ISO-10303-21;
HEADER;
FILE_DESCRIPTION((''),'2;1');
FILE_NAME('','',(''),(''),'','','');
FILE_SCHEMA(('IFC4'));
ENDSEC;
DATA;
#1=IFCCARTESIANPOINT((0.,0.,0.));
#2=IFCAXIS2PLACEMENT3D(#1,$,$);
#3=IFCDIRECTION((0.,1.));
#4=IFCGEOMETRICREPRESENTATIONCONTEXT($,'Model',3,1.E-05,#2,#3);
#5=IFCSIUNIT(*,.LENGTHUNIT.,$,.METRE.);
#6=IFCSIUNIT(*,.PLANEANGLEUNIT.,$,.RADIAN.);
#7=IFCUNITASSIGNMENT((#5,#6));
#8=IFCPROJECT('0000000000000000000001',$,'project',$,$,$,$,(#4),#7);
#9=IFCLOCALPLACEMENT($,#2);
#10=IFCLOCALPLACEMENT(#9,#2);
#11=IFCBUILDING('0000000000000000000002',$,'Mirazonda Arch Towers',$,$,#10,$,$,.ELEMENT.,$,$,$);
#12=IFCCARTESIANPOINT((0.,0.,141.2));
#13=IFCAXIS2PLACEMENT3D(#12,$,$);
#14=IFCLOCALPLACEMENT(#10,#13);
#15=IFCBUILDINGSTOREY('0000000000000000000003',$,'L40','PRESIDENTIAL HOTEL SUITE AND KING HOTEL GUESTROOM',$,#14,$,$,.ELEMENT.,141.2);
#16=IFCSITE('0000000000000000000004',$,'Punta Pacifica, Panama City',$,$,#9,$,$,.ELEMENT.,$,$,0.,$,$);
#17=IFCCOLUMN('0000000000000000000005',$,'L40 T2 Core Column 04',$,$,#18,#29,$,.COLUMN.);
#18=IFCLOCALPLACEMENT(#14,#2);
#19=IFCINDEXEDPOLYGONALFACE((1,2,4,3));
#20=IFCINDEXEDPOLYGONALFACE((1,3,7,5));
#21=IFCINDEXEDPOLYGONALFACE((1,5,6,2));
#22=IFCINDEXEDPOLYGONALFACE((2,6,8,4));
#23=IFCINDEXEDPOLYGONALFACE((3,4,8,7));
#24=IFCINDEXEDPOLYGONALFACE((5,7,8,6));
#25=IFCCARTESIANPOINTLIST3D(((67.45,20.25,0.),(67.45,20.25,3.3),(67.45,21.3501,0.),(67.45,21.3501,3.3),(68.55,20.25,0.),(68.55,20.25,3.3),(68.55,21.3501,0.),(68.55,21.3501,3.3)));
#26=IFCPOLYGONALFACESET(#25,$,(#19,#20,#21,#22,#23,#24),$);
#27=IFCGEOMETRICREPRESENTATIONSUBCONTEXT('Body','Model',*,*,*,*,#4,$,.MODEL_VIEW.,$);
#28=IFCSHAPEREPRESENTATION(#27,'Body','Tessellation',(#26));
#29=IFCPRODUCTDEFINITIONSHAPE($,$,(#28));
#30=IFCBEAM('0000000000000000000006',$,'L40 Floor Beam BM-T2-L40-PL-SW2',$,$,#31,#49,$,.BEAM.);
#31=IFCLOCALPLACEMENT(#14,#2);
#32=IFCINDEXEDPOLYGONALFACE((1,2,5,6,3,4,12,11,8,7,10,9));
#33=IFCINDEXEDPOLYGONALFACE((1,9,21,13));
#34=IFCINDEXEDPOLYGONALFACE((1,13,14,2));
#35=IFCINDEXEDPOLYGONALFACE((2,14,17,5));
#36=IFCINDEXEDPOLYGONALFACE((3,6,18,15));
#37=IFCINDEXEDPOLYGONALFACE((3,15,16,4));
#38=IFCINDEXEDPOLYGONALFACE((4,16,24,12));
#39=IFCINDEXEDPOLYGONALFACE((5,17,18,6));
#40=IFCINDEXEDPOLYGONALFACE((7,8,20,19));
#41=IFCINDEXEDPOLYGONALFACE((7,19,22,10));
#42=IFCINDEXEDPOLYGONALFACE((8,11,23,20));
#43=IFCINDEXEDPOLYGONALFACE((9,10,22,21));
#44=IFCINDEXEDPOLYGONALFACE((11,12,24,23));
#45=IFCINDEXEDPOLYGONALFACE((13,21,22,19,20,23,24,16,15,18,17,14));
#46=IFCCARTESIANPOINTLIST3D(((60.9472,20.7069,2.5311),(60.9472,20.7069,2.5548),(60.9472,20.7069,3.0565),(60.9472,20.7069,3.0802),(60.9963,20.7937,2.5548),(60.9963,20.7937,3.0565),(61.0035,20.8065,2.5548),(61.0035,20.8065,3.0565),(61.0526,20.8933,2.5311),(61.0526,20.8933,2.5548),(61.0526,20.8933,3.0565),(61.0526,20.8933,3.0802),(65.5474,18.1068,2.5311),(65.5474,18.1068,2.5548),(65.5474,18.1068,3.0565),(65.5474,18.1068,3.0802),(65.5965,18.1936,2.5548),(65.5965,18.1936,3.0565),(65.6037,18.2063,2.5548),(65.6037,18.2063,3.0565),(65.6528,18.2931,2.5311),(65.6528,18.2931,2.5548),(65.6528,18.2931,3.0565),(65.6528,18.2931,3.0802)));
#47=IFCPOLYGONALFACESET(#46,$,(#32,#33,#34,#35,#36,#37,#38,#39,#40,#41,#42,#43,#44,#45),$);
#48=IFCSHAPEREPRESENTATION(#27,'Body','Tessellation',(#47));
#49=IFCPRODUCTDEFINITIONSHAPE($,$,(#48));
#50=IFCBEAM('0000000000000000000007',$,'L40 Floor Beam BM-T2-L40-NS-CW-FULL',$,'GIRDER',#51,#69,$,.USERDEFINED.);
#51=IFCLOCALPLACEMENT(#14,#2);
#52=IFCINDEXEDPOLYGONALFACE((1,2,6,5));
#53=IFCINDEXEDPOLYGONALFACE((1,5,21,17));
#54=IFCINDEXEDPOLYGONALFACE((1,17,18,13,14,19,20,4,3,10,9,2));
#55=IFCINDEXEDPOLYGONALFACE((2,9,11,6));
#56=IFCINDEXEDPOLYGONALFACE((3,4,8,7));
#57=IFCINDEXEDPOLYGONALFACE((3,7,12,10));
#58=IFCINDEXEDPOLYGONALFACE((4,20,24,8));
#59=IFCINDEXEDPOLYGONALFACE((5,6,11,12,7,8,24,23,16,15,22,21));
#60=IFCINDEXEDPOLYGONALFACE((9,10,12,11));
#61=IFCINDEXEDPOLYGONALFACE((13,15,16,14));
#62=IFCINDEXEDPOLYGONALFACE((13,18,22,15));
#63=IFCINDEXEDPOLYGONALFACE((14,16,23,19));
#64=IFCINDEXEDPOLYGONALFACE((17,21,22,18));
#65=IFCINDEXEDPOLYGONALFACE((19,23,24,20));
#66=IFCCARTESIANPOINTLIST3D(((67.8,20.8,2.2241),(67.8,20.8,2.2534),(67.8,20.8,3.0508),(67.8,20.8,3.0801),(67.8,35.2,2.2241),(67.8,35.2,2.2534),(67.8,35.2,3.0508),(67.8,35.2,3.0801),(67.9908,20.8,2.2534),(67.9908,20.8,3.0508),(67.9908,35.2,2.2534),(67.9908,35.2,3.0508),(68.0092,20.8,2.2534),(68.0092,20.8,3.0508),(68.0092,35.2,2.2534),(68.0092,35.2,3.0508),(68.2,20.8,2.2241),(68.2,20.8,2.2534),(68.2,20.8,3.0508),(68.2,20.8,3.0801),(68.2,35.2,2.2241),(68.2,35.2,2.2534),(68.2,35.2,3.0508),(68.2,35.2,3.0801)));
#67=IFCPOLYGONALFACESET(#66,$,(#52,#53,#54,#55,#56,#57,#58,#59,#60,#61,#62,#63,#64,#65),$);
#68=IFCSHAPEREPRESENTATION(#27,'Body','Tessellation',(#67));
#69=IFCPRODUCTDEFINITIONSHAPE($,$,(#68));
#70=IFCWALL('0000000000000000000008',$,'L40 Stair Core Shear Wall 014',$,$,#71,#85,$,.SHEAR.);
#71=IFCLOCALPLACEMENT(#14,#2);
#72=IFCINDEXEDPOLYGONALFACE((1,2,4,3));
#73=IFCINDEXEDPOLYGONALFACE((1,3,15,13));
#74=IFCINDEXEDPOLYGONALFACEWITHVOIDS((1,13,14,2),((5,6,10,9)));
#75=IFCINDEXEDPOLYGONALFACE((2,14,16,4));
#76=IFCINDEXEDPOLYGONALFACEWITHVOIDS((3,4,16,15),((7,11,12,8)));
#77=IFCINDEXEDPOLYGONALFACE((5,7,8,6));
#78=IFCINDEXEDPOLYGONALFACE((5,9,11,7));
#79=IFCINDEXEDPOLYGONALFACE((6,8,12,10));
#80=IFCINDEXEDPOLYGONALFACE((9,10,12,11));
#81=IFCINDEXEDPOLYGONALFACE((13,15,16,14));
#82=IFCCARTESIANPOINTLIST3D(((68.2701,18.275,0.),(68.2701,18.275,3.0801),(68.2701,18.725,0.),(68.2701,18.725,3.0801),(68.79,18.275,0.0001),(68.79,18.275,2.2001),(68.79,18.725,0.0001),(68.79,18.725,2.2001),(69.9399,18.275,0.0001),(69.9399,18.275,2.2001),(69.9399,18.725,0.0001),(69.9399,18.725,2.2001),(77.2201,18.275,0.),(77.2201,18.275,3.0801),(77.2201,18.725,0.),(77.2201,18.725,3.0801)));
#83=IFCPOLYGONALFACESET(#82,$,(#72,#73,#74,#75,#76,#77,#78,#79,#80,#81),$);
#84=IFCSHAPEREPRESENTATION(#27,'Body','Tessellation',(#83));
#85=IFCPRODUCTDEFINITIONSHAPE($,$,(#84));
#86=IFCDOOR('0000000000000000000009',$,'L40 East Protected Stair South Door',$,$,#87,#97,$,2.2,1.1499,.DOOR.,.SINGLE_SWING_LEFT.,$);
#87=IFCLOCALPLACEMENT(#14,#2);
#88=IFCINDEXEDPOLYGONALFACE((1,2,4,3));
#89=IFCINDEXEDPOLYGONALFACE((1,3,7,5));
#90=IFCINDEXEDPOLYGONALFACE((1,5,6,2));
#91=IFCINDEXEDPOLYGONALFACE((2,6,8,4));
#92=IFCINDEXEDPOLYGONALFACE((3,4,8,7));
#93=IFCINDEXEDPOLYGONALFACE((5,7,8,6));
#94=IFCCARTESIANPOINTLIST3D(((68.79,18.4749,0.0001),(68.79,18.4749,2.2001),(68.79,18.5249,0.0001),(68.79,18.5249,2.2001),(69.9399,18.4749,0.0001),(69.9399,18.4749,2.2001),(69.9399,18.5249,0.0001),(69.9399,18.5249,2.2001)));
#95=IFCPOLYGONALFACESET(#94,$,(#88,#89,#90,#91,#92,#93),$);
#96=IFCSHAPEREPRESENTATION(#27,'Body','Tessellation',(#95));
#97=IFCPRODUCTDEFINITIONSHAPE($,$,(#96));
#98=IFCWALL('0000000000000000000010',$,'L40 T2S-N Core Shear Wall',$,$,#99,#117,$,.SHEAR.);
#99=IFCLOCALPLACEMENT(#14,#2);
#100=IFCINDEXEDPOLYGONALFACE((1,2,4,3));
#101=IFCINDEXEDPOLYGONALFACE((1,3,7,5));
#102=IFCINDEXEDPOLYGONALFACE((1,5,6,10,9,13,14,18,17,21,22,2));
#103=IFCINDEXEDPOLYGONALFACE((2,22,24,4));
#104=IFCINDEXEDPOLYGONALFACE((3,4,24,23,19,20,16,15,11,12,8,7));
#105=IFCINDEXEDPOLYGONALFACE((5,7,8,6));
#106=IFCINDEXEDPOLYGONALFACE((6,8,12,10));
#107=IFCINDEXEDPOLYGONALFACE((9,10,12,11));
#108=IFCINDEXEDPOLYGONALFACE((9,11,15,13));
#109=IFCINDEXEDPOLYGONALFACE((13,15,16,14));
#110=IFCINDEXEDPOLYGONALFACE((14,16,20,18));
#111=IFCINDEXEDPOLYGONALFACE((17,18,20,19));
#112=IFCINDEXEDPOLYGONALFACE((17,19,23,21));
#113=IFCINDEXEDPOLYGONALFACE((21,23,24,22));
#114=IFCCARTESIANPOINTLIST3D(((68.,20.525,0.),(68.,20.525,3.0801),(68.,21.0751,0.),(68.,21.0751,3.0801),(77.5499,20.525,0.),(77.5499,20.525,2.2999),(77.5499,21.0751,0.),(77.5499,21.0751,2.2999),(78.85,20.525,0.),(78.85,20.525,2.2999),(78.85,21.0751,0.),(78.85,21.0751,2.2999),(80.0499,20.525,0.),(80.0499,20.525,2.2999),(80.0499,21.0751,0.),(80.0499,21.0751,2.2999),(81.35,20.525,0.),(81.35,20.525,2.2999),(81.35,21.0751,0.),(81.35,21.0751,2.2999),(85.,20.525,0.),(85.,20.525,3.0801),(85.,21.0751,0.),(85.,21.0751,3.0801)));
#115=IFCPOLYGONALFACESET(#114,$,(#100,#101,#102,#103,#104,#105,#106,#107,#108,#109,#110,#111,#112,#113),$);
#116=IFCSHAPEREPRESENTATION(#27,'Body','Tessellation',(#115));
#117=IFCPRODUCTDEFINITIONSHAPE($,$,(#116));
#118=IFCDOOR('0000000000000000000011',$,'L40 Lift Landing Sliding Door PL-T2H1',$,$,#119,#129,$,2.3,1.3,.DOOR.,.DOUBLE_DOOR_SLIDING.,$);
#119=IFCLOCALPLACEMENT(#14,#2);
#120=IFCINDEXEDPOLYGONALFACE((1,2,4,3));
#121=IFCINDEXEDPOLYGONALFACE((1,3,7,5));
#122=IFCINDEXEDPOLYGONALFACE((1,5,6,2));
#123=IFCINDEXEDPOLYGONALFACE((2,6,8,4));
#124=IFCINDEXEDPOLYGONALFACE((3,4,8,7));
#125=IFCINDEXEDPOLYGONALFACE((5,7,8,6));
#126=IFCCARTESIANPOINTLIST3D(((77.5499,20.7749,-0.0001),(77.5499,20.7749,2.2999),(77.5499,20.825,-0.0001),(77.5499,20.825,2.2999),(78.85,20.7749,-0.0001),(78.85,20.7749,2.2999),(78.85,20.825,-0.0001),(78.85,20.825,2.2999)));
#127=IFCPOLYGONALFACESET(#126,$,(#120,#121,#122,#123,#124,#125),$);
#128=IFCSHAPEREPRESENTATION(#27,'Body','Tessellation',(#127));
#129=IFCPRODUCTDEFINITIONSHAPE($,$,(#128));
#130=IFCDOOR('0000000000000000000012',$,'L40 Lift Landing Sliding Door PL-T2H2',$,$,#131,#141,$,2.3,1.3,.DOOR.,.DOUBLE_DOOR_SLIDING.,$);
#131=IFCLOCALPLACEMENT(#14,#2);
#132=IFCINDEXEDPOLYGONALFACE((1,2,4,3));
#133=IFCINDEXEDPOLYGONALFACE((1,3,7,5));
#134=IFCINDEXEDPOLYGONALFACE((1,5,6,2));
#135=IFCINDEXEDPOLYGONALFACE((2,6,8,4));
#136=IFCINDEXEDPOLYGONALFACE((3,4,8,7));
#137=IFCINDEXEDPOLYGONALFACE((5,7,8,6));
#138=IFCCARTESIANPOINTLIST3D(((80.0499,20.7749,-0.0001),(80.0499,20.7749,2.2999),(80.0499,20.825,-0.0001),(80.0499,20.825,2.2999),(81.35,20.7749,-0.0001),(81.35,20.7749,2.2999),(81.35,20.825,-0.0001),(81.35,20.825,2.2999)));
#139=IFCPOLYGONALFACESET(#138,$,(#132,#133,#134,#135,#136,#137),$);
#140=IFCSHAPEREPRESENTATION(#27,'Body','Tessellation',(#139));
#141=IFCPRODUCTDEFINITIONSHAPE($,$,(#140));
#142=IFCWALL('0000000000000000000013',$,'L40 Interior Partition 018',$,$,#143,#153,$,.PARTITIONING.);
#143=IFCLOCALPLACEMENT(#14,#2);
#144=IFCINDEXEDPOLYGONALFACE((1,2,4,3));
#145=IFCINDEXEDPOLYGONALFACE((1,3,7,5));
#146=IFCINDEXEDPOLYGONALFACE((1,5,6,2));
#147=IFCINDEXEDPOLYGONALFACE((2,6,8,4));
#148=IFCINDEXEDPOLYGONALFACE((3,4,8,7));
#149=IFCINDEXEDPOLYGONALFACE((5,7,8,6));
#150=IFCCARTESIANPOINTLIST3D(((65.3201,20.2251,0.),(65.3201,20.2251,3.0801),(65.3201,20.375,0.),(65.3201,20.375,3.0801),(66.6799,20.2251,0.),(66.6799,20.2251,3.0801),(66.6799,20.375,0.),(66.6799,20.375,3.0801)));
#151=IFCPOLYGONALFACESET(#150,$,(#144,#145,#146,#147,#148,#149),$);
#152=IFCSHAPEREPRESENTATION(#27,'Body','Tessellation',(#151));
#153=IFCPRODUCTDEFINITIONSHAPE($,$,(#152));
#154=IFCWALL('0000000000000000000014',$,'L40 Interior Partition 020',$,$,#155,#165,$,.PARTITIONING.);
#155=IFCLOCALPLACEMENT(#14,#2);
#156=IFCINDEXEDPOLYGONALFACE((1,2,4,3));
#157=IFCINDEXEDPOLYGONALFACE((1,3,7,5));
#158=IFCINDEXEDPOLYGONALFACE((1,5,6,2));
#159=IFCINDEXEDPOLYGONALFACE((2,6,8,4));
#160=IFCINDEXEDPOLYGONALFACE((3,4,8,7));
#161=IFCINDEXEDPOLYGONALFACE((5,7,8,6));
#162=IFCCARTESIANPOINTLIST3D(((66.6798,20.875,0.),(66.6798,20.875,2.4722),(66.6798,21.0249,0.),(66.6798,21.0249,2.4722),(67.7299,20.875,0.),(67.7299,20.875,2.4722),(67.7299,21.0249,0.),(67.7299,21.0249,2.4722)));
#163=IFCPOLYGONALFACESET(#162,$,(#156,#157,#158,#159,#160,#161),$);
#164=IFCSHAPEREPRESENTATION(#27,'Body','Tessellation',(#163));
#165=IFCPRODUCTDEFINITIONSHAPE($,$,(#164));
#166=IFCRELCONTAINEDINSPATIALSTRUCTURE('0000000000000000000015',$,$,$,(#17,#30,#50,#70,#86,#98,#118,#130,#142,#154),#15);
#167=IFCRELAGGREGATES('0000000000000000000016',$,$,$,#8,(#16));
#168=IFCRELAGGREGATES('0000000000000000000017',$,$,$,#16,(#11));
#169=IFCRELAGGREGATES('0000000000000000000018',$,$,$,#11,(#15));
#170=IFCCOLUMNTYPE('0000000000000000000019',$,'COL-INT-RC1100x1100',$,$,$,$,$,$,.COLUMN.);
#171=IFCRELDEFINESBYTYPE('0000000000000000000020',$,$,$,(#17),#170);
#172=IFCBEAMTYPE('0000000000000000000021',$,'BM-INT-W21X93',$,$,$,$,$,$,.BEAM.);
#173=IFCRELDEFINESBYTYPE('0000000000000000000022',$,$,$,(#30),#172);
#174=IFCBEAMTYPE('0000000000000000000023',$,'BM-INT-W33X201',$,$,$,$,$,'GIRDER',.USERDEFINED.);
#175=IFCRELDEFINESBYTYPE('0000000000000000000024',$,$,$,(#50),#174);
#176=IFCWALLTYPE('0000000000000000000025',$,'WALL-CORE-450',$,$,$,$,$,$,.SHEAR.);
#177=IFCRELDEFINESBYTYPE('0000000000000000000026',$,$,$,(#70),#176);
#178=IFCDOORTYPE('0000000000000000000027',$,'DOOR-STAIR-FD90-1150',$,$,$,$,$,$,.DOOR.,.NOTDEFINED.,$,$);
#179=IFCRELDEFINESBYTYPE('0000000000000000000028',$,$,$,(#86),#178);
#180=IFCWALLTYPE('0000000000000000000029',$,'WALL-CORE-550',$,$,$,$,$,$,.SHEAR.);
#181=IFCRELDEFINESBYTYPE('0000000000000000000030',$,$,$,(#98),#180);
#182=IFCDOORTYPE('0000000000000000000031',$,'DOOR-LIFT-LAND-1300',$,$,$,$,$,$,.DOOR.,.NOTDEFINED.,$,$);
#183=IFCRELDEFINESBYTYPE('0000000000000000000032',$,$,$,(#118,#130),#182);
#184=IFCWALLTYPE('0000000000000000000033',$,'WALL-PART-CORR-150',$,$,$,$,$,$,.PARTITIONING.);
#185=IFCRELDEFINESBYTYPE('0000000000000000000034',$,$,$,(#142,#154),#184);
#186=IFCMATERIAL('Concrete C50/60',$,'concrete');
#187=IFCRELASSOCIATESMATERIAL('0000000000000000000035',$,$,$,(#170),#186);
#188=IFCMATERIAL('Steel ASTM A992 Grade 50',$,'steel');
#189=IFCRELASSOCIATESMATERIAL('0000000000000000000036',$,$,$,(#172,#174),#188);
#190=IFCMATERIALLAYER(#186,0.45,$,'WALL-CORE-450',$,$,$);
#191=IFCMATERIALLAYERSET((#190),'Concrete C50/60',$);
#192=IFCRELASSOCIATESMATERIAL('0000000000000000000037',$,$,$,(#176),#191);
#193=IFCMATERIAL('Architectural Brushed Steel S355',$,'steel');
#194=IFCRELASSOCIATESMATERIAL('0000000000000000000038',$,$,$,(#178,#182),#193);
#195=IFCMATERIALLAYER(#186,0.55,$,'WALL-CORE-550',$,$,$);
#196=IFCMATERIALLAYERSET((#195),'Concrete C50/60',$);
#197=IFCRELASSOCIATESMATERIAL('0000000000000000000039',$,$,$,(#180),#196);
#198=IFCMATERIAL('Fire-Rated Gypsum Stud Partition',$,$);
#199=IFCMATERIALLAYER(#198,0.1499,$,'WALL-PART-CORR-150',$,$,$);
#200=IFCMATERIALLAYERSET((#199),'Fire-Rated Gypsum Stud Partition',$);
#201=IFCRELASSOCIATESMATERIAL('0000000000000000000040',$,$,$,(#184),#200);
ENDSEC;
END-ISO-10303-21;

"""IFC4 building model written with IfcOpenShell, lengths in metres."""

from ifc_helpers import new_model, si_unit, direction, frame, frame_2d, origin, origin_2d, place, context, subcontext, project, spatial, rectangle, i_section, extrude, material, layer, layer_set, material_profile, profile_set, type_object, element, fill, save


model = new_model("IFC4")

# Units and contexts
model_context = context("Model", 3, precision=1e-05, world=origin(), true_north=direction((0.0, 1.0)))
body_context = subcontext(model_context, "Body", "Model", "MODEL_VIEW")
ifc_project = project(units=[si_unit("LENGTHUNIT", "METRE"), si_unit("PLANEANGLEUNIT", "RADIAN")], contexts=[model_context])

# Site, building, storey
site_placement = place(None, origin())
site = spatial("IfcSite", under=ifc_project, at=site_placement, Name="Punta Pacifica, Panama City", CompositionType="ELEMENT", RefElevation=0.0)
building_placement = place(site_placement, origin())
building = spatial("IfcBuilding", under=site, at=building_placement, Name="Mirazonda Arch Towers", CompositionType="ELEMENT")
storey_placement = place(building_placement, frame((0.0, 0.0, 141.2)))
storey = spatial("IfcBuildingStorey", under=building, at=storey_placement, Name="L40", Description="PRESIDENTIAL HOTEL SUITE AND KING HOTEL GUESTROOM", CompositionType="ELEMENT", Elevation=141.2)

# Column
ifc_material_1 = material(Name="Concrete C50/60", Category="concrete")
ifc_material_profile_1 = material_profile(ifc_material_1, rectangle(XDim=1.1001, YDim=1.1001, at=origin_2d()), Name="RC1100x1100")
ifc_profile_set_1 = profile_set([ifc_material_profile_1], Name="Concrete C50/60")
column_type = type_object("IfcColumnType", Name="COL-INT-RC1100x1100", PredefinedType="COLUMN", material=ifc_profile_set_1)
column_placement = place(storey_placement, frame((68.0, 20.8, 0.0), z_axis=(0.0, 0.0, 1.0), x_axis=(1.0, 0.0, 0.0)))
element("IfcColumn", 1, at=column_placement, inside=storey, type_object=column_type, Name="L40 T2 Core Column 04", PredefinedType="COLUMN", context=body_context, shape_type="SweptSolid", body=[
    extrude(rectangle(XDim=1.1001, YDim=1.1001, at=origin_2d()), origin(), (0.0, 0.0, 1.0), 3.3),
])

# Beams
ifc_material_2 = material(Name="Steel ASTM A992 Grade 50", Category="steel")
ifc_material_profile_2 = material_profile(ifc_material_2, i_section(OverallWidth=0.2141, OverallDepth=0.5491, WebThickness=0.0146, FlangeThickness=0.0237, at=origin_2d()), Name="W21X93")
ifc_profile_set_2 = profile_set([ifc_material_profile_2], Name="Steel ASTM A992 Grade 50")
beam_type_1 = type_object("IfcBeamType", Name="BM-INT-W21X93", PredefinedType="BEAM", material=ifc_profile_set_2)
beam_1_placement = place(storey_placement, frame((65.6001, 18.2, 2.8057), z_axis=(-0.870559, 0.492063, 0.0), x_axis=(-0.492063, -0.870559, 0.0)))
element("IfcBeam", 2, at=beam_1_placement, inside=storey, type_object=beam_type_1, Name="L40 Floor Beam BM-T2-L40-PL-SW2", PredefinedType="BEAM", context=body_context, shape_type="SweptSolid", body=[
    extrude(i_section(OverallWidth=0.2141, OverallDepth=0.5491, WebThickness=0.0146, FlangeThickness=0.0237, at=origin_2d()), origin(), (0.0, 0.0, 1.0), 5.2842),
])
ifc_material_profile_3 = material_profile(ifc_material_2, i_section(OverallWidth=0.3999, OverallDepth=0.856, WebThickness=0.0183, FlangeThickness=0.0293, at=origin_2d()), Name="W33X201")
ifc_profile_set_3 = profile_set([ifc_material_profile_3], Name="Steel ASTM A992 Grade 50")
beam_type_2 = type_object("IfcBeamType", Name="BM-INT-W33X201", ElementType="GIRDER", PredefinedType="USERDEFINED", material=ifc_profile_set_3)
beam_2_placement = place(storey_placement, frame((68.0, 20.8, 2.6521), z_axis=(0.0, 1.0, 0.0), x_axis=(-1.0, 0.0, 0.0)))
element("IfcBeam", 3, at=beam_2_placement, inside=storey, type_object=beam_type_2, Name="L40 Floor Beam BM-T2-L40-NS-CW-FULL", ObjectType="GIRDER", PredefinedType="USERDEFINED", context=body_context, shape_type="SweptSolid", body=[
    extrude(i_section(OverallWidth=0.3999, OverallDepth=0.856, WebThickness=0.0183, FlangeThickness=0.0293, at=origin_2d()), origin(), (0.0, 0.0, 1.0), 14.3999),
])

# Wall, opening, door
ifc_layer_1 = layer(ifc_material_1, 0.45, Name="WALL-CORE-450")
ifc_layer_set_1 = layer_set([ifc_layer_1], Name="Concrete C50/60")
wall_type_1 = type_object("IfcWallType", Name="WALL-CORE-450", PredefinedType="SHEAR", material=ifc_layer_set_1)
wall_1_placement = place(storey_placement, frame((68.27, 18.5, 0.0), z_axis=(0.0, 0.0, 1.0), x_axis=(1.0, 0.0, 0.0)))
wall_1 = element("IfcWall", 4, at=wall_1_placement, inside=storey, type_object=wall_type_1, Name="L40 Stair Core Shear Wall 014", PredefinedType="SHEAR", context=body_context, shape_type="SweptSolid", body=[
    extrude(rectangle(XDim=8.95, YDim=0.45, at=frame_2d((4.4751, 0.0))), origin(), (0.0, 0.0, 1.0), 3.0801),
])
opening_1_placement = place(wall_1_placement, frame((0.52, 0.0, 0.0)))
opening_1 = element("IfcOpeningElement", 5, at=opening_1_placement, cuts=wall_1, PredefinedType="OPENING", context=body_context, shape_type="SweptSolid", body=[
    extrude(rectangle(XDim=1.1499, YDim=2.2, at=frame_2d((0.575, 1.1001))), frame((0.0, 0.2349, 0.0), z_axis=(0.0, -1.0, 0.0), x_axis=(1.0, 0.0, 0.0)), (0.0, 0.0, 1.0), 0.47),
])
ifc_material_3 = material(Name="Architectural Brushed Steel S355", Category="steel")
door_type_1 = type_object("IfcDoorType", Name="DOOR-STAIR-FD90-1150", OperationType="NOTDEFINED", PredefinedType="DOOR", material=ifc_material_3)
door_1_placement = place(opening_1_placement, origin())
door_1 = element("IfcDoor", 6, at=door_1_placement, inside=storey, type_object=door_type_1, Name="L40 East Protected Stair South Door", OperationType="SINGLE_SWING_LEFT", OverallHeight=2.2, OverallWidth=1.1499, PredefinedType="DOOR", context=body_context, shape_type="SweptSolid", body=[
    extrude(rectangle(XDim=1.1499, YDim=2.2, at=frame_2d((0.575, 1.1001))), frame((0.0, 0.0249, 0.0), z_axis=(0.0, -1.0, 0.0), x_axis=(1.0, 0.0, 0.0)), (0.0, 0.0, 1.0), 0.05),
])
fill(opening_1, door_1)

# Wall, openings, doors
ifc_layer_2 = layer(ifc_material_1, 0.55, Name="WALL-CORE-550")
ifc_layer_set_2 = layer_set([ifc_layer_2], Name="Concrete C50/60")
wall_type_2 = type_object("IfcWallType", Name="WALL-CORE-550", PredefinedType="SHEAR", material=ifc_layer_set_2)
wall_2_placement = place(storey_placement, frame((68.0, 20.8, 0.0), z_axis=(0.0, 0.0, 1.0), x_axis=(1.0, 0.0, 0.0)))
wall_2 = element("IfcWall", 7, at=wall_2_placement, inside=storey, type_object=wall_type_2, Name="L40 T2S-N Core Shear Wall", PredefinedType="SHEAR", context=body_context, shape_type="SweptSolid", body=[
    extrude(rectangle(XDim=17.0, YDim=0.55, at=frame_2d((8.5, 0.0))), origin(), (0.0, 0.0, 1.0), 3.0801),
])
opening_2_placement = place(wall_2_placement, frame((9.55, 0.0, 0.0)))
opening_2 = element("IfcOpeningElement", 8, at=opening_2_placement, cuts=wall_2, PredefinedType="OPENING", context=body_context, shape_type="SweptSolid", body=[
    extrude(rectangle(XDim=1.3, YDim=2.3, at=frame_2d((0.6499, 1.1499))), frame((0.0, 0.2849, 0.0), z_axis=(0.0, -1.0, 0.0), x_axis=(1.0, 0.0, 0.0)), (0.0, 0.0, 1.0), 0.5701),
])
opening_3_placement = place(wall_2_placement, frame((12.05, 0.0, 0.0)))
opening_3 = element("IfcOpeningElement", 9, at=opening_3_placement, cuts=wall_2, PredefinedType="OPENING", context=body_context, shape_type="SweptSolid", body=[
    extrude(rectangle(XDim=1.3, YDim=2.3, at=frame_2d((0.6499, 1.1499))), frame((0.0, 0.2849, 0.0), z_axis=(0.0, -1.0, 0.0), x_axis=(1.0, 0.0, 0.0)), (0.0, 0.0, 1.0), 0.5701),
])
door_type_2 = type_object("IfcDoorType", Name="DOOR-LIFT-LAND-1300", OperationType="NOTDEFINED", PredefinedType="DOOR", material=ifc_material_3)
door_2_placement = place(opening_2_placement, origin())
door_2 = element("IfcDoor", 10, at=door_2_placement, inside=storey, type_object=door_type_2, Name="L40 Lift Landing Sliding Door PL-T2H1", OperationType="DOUBLE_DOOR_SLIDING", OverallHeight=2.3, OverallWidth=1.3, PredefinedType="DOOR", context=body_context, shape_type="SweptSolid", body=[
    extrude(rectangle(XDim=1.3, YDim=2.3, at=frame_2d((0.6499, 1.1499))), frame((0.0, 0.0249, 0.0), z_axis=(0.0, -1.0, 0.0), x_axis=(1.0, 0.0, 0.0)), (0.0, 0.0, 1.0), 0.05),
])
fill(opening_2, door_2)
door_3_placement = place(opening_3_placement, origin())
door_3 = element("IfcDoor", 11, at=door_3_placement, inside=storey, type_object=door_type_2, Name="L40 Lift Landing Sliding Door PL-T2H2", OperationType="DOUBLE_DOOR_SLIDING", OverallHeight=2.3, OverallWidth=1.3, PredefinedType="DOOR", context=body_context, shape_type="SweptSolid", body=[
    extrude(rectangle(XDim=1.3, YDim=2.3, at=frame_2d((0.6499, 1.1499))), frame((0.0, 0.0249, 0.0), z_axis=(0.0, -1.0, 0.0), x_axis=(1.0, 0.0, 0.0)), (0.0, 0.0, 1.0), 0.05),
])
fill(opening_3, door_3)

# Walls
ifc_material_4 = material(Name="Fire-Rated Gypsum Stud Partition")
ifc_layer_3 = layer(ifc_material_4, 0.1499, Name="WALL-PART-CORR-150")
ifc_layer_set_3 = layer_set([ifc_layer_3], Name="Fire-Rated Gypsum Stud Partition")
wall_type_3 = type_object("IfcWallType", Name="WALL-PART-CORR-150", PredefinedType="PARTITIONING", material=ifc_layer_set_3)
wall_3_placement = place(storey_placement, frame((65.3201, 20.3, 0.0), z_axis=(0.0, 0.0, 1.0), x_axis=(1.0, 0.0, 0.0)))
element("IfcWall", 12, at=wall_3_placement, inside=storey, type_object=wall_type_3, Name="L40 Interior Partition 018", PredefinedType="PARTITIONING", context=body_context, shape_type="SweptSolid", body=[
    extrude(rectangle(XDim=1.3599, YDim=0.1499, at=frame_2d((0.6799, 0.0))), origin(), (0.0, 0.0, 1.0), 3.0801),
])
wall_4_placement = place(storey_placement, frame((66.6799, 20.95, 0.0), z_axis=(0.0, 0.0, 1.0), x_axis=(1.0, 0.0, 0.0)))
element("IfcWall", 13, at=wall_4_placement, inside=storey, type_object=wall_type_3, Name="L40 Interior Partition 020", PredefinedType="PARTITIONING", context=body_context, shape_type="SweptSolid", body=[
    extrude(rectangle(XDim=1.05, YDim=0.1499, at=frame_2d((0.5249, 0.0))), origin(), (0.0, 0.0, 1.0), 2.4722),
])

save(model, "model.ifc")
